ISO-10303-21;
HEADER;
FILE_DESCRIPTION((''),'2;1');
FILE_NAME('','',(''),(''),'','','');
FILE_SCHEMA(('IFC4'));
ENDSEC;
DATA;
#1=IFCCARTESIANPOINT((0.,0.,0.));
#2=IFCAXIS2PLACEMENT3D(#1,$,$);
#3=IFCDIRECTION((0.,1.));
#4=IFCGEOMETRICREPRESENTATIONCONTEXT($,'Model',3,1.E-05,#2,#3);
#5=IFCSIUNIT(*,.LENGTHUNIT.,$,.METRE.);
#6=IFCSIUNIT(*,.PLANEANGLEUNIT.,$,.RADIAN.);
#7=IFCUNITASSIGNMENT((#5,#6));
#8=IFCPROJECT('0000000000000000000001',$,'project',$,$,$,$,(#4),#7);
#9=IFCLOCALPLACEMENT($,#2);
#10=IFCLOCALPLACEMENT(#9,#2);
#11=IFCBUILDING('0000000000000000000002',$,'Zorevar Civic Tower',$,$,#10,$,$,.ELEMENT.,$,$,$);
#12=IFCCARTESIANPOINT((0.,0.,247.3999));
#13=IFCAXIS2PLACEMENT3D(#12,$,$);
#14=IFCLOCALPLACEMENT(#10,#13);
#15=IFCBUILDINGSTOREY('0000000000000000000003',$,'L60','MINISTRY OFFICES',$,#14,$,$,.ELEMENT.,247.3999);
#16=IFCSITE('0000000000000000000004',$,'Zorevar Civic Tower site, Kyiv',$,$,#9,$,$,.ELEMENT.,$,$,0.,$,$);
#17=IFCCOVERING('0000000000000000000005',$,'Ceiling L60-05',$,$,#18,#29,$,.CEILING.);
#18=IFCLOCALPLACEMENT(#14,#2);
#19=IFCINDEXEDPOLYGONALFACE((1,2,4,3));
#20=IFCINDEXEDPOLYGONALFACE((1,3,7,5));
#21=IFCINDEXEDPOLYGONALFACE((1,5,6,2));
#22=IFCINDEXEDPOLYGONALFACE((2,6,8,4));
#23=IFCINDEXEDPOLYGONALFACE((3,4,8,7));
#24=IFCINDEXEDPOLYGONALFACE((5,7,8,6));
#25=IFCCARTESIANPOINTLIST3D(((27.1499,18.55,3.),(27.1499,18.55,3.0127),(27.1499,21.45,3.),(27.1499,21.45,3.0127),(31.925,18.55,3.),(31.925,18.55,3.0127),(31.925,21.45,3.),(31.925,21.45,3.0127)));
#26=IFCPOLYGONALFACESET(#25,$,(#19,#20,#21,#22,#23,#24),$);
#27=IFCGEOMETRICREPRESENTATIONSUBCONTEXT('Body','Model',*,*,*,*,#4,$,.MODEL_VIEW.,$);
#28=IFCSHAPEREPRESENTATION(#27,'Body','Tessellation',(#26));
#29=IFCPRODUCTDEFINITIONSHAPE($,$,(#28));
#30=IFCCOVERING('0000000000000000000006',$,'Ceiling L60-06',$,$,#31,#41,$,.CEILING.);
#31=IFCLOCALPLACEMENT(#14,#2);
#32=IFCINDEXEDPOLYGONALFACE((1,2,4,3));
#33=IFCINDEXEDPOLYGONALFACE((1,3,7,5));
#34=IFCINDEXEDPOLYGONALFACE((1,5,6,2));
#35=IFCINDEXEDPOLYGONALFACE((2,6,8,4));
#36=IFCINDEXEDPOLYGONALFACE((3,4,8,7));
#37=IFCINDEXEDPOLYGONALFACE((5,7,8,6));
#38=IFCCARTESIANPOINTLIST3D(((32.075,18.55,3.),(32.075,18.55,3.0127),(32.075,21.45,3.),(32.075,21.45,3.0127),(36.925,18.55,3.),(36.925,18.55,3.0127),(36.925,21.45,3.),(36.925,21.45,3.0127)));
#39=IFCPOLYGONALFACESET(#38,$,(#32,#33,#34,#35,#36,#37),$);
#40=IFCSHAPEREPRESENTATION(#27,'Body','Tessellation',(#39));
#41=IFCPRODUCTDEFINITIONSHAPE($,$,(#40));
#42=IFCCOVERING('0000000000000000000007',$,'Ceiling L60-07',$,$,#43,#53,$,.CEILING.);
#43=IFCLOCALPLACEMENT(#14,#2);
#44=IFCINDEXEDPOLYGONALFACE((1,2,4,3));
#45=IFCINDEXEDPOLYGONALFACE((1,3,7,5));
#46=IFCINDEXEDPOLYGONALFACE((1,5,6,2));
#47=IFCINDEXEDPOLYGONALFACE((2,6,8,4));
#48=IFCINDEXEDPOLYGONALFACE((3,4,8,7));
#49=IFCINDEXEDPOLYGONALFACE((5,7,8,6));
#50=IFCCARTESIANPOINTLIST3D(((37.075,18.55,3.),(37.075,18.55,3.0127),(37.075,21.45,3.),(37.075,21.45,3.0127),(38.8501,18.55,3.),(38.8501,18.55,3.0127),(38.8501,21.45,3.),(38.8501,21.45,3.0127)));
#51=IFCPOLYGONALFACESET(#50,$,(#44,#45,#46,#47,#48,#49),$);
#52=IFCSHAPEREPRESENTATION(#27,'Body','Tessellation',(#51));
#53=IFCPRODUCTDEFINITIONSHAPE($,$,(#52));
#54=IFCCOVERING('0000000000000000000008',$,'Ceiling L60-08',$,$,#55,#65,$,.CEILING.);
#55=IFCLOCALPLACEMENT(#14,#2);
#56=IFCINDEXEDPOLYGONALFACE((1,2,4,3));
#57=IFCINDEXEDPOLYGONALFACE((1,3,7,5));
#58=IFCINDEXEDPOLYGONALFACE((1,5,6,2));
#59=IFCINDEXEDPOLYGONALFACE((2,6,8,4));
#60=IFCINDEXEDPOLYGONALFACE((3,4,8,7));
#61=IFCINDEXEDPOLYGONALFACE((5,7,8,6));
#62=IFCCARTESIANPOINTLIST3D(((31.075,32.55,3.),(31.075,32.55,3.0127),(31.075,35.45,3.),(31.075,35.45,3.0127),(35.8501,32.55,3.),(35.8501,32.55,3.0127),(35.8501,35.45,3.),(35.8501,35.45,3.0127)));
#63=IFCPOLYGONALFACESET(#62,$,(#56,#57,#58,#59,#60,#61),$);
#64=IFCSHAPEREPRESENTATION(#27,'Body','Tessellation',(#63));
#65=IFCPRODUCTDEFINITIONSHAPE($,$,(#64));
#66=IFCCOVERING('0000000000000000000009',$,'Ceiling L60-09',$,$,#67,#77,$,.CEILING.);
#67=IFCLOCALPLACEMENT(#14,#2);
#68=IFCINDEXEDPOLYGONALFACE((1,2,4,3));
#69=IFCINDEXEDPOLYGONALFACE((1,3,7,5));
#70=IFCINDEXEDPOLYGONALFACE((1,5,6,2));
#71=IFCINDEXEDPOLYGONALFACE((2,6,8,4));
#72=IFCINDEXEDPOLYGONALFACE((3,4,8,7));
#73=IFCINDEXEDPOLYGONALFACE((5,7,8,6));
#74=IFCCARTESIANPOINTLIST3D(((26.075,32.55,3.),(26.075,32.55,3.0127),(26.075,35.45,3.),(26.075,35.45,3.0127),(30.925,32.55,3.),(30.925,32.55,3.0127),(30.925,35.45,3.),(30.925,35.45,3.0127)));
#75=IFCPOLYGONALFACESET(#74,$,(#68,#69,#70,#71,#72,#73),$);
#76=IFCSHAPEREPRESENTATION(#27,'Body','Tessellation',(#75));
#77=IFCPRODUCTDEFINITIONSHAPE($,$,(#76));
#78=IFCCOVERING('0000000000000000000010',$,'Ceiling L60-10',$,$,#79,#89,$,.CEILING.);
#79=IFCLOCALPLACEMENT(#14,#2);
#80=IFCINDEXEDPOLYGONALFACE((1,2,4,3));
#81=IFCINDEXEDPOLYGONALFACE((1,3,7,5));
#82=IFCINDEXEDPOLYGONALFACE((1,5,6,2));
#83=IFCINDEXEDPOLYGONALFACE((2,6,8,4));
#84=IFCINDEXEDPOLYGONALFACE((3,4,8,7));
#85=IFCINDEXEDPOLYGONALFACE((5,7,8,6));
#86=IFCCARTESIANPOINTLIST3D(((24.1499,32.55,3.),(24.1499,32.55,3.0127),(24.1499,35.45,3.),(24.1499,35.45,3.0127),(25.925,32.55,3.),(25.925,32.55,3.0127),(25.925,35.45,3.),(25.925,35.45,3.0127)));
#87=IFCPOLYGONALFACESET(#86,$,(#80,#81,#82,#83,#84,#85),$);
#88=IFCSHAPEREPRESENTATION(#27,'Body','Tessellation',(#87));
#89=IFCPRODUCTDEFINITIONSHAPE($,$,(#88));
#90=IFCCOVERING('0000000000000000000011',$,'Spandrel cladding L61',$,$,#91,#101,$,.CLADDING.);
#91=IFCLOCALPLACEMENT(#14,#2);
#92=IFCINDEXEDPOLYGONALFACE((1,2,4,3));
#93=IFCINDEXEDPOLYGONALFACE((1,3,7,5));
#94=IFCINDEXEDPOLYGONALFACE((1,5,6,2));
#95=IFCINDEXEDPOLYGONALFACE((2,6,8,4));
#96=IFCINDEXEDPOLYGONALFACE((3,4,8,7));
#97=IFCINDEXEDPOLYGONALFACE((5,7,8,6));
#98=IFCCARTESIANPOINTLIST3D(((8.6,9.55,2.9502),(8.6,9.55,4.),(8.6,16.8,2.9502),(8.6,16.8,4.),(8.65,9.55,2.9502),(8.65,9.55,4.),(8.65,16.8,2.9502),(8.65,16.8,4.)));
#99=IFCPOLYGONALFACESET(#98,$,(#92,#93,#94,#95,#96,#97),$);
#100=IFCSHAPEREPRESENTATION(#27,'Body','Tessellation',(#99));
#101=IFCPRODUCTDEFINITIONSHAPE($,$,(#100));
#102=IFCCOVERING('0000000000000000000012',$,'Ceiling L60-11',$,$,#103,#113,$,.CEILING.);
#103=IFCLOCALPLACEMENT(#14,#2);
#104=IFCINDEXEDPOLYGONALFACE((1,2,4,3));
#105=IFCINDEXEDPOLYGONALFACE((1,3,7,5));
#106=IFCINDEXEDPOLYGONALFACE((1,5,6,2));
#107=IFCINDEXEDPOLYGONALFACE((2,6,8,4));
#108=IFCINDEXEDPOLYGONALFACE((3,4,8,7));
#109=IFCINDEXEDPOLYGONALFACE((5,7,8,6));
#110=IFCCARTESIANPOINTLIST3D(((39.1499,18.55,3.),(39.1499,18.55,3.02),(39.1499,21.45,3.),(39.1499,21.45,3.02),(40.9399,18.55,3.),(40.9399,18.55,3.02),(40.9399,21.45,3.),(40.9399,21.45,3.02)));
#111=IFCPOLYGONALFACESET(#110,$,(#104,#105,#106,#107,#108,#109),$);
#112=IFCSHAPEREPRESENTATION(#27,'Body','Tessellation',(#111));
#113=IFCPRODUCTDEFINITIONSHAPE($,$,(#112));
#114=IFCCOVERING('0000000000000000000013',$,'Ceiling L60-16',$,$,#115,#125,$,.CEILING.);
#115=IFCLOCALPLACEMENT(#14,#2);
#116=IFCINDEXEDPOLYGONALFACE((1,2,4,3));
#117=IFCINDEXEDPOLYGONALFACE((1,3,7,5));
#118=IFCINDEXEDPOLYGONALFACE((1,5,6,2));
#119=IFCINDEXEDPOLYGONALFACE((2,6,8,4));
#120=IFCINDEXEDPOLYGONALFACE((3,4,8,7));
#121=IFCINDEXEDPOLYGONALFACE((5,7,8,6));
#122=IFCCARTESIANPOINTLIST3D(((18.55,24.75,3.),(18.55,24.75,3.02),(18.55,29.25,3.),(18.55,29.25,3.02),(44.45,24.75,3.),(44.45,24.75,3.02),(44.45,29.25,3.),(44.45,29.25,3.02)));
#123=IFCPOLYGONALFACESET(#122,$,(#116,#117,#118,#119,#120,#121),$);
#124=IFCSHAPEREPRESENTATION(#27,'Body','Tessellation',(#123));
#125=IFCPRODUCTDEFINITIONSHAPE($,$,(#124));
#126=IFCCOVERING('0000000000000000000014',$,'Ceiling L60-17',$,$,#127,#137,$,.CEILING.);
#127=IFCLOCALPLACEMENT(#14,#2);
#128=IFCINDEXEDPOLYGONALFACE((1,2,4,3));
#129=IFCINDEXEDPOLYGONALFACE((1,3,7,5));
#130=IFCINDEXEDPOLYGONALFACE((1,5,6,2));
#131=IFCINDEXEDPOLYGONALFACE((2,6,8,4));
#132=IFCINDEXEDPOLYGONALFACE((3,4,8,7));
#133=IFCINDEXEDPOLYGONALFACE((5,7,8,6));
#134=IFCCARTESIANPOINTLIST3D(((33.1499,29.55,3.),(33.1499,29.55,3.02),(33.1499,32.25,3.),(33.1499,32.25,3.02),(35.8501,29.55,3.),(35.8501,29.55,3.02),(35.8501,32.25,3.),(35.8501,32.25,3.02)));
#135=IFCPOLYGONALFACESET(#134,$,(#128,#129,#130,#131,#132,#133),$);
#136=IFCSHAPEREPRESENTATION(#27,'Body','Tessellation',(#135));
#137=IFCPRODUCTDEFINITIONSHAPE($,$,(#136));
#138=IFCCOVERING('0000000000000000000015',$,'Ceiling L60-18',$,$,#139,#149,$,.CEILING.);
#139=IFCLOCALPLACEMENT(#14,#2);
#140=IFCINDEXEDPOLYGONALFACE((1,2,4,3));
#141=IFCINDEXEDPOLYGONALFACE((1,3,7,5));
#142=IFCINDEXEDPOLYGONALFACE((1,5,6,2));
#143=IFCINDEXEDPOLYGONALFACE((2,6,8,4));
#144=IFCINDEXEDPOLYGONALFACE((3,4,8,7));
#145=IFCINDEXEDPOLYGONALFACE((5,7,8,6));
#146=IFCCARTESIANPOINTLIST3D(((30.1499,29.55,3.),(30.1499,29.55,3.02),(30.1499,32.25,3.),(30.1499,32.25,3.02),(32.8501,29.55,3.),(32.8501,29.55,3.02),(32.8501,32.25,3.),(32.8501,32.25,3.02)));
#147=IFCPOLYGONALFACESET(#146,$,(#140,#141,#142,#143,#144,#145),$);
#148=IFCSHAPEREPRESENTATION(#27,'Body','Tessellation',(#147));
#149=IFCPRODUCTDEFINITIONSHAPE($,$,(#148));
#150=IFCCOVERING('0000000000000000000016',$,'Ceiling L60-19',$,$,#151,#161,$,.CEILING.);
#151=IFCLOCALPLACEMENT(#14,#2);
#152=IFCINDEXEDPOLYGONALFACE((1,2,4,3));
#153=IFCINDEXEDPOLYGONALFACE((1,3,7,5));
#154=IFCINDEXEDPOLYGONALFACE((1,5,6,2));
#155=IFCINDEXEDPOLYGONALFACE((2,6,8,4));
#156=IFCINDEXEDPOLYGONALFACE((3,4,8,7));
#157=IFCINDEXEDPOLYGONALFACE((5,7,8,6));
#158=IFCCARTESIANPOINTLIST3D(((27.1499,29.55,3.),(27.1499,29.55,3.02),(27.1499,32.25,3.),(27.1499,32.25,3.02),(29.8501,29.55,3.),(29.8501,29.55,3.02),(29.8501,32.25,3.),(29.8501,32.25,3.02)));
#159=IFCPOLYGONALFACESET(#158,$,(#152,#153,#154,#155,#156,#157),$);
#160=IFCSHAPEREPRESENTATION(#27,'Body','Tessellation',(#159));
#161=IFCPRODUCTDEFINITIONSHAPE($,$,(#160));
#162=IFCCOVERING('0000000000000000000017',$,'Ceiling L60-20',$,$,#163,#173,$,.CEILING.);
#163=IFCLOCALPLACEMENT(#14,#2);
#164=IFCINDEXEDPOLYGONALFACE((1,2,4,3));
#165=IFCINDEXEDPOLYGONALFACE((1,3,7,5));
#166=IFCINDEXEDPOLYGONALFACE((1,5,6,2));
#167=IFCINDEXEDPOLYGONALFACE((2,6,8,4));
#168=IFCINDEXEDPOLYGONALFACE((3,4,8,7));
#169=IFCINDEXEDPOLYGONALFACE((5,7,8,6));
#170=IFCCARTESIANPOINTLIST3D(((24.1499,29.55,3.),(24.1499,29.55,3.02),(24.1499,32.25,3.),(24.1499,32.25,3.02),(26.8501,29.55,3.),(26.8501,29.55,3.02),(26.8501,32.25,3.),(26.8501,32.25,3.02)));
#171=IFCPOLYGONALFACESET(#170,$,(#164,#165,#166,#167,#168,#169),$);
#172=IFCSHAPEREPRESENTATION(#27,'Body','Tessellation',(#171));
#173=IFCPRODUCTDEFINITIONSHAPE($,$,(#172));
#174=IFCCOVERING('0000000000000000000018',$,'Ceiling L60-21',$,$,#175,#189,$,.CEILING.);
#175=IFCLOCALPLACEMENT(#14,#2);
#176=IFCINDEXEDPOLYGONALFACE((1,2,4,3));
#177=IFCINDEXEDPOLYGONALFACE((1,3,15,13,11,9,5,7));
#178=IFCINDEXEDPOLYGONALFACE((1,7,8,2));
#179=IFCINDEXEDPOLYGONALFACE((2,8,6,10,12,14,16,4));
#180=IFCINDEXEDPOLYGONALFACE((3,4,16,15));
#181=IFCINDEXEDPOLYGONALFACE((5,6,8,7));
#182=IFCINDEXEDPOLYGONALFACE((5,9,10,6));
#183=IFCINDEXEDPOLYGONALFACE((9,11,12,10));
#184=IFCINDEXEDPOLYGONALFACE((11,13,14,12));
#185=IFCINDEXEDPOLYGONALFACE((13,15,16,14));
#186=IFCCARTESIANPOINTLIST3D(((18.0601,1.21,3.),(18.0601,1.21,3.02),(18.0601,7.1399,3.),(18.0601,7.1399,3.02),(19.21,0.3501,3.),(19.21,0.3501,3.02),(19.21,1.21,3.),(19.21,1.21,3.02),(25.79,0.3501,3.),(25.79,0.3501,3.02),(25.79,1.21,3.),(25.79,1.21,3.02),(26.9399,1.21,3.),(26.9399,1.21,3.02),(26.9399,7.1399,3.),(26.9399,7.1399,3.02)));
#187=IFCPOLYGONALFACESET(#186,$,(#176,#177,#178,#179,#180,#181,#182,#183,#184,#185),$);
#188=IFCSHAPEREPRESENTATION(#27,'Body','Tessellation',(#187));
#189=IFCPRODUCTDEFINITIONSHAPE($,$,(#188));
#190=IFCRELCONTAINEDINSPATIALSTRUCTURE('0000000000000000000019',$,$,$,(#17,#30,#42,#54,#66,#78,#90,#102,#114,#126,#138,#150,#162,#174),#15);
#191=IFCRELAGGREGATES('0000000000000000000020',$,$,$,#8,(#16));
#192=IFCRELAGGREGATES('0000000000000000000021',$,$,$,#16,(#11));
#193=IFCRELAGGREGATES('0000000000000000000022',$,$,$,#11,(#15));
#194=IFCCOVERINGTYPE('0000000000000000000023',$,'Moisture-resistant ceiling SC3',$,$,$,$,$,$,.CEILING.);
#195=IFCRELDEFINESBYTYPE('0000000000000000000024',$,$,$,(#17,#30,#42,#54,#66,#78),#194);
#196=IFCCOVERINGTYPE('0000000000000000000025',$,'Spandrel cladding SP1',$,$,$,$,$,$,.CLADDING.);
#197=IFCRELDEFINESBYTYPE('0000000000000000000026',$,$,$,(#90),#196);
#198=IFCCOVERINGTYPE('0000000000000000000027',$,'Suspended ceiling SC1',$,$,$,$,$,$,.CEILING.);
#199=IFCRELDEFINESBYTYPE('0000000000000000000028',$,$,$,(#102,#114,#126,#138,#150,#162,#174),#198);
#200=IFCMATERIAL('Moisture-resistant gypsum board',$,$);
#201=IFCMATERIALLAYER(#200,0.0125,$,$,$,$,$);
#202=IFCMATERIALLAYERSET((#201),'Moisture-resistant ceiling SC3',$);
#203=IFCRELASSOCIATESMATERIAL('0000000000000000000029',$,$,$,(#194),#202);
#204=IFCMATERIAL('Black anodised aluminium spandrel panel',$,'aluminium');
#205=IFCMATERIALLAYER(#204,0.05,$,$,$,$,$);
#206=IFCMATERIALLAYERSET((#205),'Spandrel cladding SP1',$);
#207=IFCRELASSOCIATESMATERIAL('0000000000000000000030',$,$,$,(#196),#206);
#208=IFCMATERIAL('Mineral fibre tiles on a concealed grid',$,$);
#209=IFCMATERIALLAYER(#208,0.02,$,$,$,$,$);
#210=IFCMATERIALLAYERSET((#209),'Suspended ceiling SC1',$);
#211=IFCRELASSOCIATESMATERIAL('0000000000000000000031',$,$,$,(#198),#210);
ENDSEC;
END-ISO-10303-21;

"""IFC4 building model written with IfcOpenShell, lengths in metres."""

from ifc_helpers import new_model, si_unit, direction, frame, frame_2d, origin, place, context, subcontext, project, spatial, polyline, rectangle, outline, extrude, material, layer, layer_set, type_object, element, save


model = new_model("IFC4")

# Units and contexts
model_context = context("Model", 3, precision=1e-05, world=origin(), true_north=direction((0.0, 1.0)))
body_context = subcontext(model_context, "Body", "Model", "MODEL_VIEW")
ifc_project = project(units=[si_unit("LENGTHUNIT", "METRE"), si_unit("PLANEANGLEUNIT", "RADIAN")], contexts=[model_context])

# Site, building, storey
site_placement = place(None, origin())
site = spatial("IfcSite", under=ifc_project, at=site_placement, Name="Zorevar Civic Tower site, Kyiv", CompositionType="ELEMENT", RefElevation=0.0)
building_placement = place(site_placement, origin())
building = spatial("IfcBuilding", under=site, at=building_placement, Name="Zorevar Civic Tower", CompositionType="ELEMENT")
storey_placement = place(building_placement, frame((0.0, 0.0, 247.3999)))
storey = spatial("IfcBuildingStorey", under=building, at=storey_placement, Name="L60", Description="MINISTRY OFFICES", CompositionType="ELEMENT", Elevation=247.3999)

# Coverings
ifc_material_1 = material(Name="Moisture-resistant gypsum board")
ifc_layer_1 = layer(ifc_material_1, 0.0125)
ifc_layer_set_1 = layer_set([ifc_layer_1], Name="Moisture-resistant ceiling SC3")
covering_type_1 = type_object("IfcCoveringType", Name="Moisture-resistant ceiling SC3", PredefinedType="CEILING", material=ifc_layer_set_1)
covering_1_placement = place(storey_placement, frame((0.0, 0.0, 3.0)))
element("IfcCovering", 1, at=covering_1_placement, inside=storey, type_object=covering_type_1, Name="Ceiling L60-05", PredefinedType="CEILING", context=body_context, shape_type="SweptSolid", body=[
    extrude(outline(polyline([(31.925, 18.55), (31.925, 21.45), (27.1499, 21.45), (27.1499, 18.55), (31.925, 18.55)])), origin(), (0.0, 0.0, 1.0), 0.0127),
])
covering_2_placement = place(storey_placement, frame((0.0, 0.0, 3.0)))
element("IfcCovering", 2, at=covering_2_placement, inside=storey, type_object=covering_type_1, Name="Ceiling L60-06", PredefinedType="CEILING", context=body_context, shape_type="SweptSolid", body=[
    extrude(outline(polyline([(36.925, 18.55), (36.925, 21.45), (32.075, 21.45), (32.075, 18.55), (36.925, 18.55)])), origin(), (0.0, 0.0, 1.0), 0.0127),
])
covering_3_placement = place(storey_placement, frame((0.0, 0.0, 3.0)))
element("IfcCovering", 3, at=covering_3_placement, inside=storey, type_object=covering_type_1, Name="Ceiling L60-07", PredefinedType="CEILING", context=body_context, shape_type="SweptSolid", body=[
    extrude(outline(polyline([(38.8501, 18.55), (38.8501, 21.45), (37.075, 21.45), (37.075, 18.55), (38.8501, 18.55)])), origin(), (0.0, 0.0, 1.0), 0.0127),
])
covering_4_placement = place(storey_placement, frame((0.0, 0.0, 3.0)))
element("IfcCovering", 4, at=covering_4_placement, inside=storey, type_object=covering_type_1, Name="Ceiling L60-08", PredefinedType="CEILING", context=body_context, shape_type="SweptSolid", body=[
    extrude(outline(polyline([(35.8501, 32.55), (35.8501, 35.45), (31.075, 35.45), (31.075, 32.55), (35.8501, 32.55)])), origin(), (0.0, 0.0, 1.0), 0.0127),
])
covering_5_placement = place(storey_placement, frame((0.0, 0.0, 3.0)))
element("IfcCovering", 5, at=covering_5_placement, inside=storey, type_object=covering_type_1, Name="Ceiling L60-09", PredefinedType="CEILING", context=body_context, shape_type="SweptSolid", body=[
    extrude(outline(polyline([(30.925, 32.55), (30.925, 35.45), (26.075, 35.45), (26.075, 32.55), (30.925, 32.55)])), origin(), (0.0, 0.0, 1.0), 0.0127),
])
covering_6_placement = place(storey_placement, frame((0.0, 0.0, 3.0)))
element("IfcCovering", 6, at=covering_6_placement, inside=storey, type_object=covering_type_1, Name="Ceiling L60-10", PredefinedType="CEILING", context=body_context, shape_type="SweptSolid", body=[
    extrude(outline(polyline([(25.925, 32.55), (25.925, 35.45), (24.1499, 35.45), (24.1499, 32.55), (25.925, 32.55)])), origin(), (0.0, 0.0, 1.0), 0.0127),
])
ifc_material_2 = material(Name="Black anodised aluminium spandrel panel", Category="aluminium")
ifc_layer_2 = layer(ifc_material_2, 0.05)
ifc_layer_set_2 = layer_set([ifc_layer_2], Name="Spandrel cladding SP1")
covering_type_2 = type_object("IfcCoveringType", Name="Spandrel cladding SP1", PredefinedType="CLADDING", material=ifc_layer_set_2)
covering_7_placement = place(storey_placement, frame((8.625, 9.55, 2.9502), z_axis=(0.0, 0.0, 1.0), x_axis=(0.0, 1.0, 0.0)))
element("IfcCovering", 7, at=covering_7_placement, inside=storey, type_object=covering_type_2, Name="Spandrel cladding L61", PredefinedType="CLADDING", context=body_context, shape_type="SweptSolid", body=[
    extrude(rectangle(XDim=7.25, YDim=0.05, at=frame_2d((3.625, 0.0))), origin(), (0.0, 0.0, 1.0), 1.0498),
])
ifc_material_3 = material(Name="Mineral fibre tiles on a concealed grid")
ifc_layer_3 = layer(ifc_material_3, 0.02)
ifc_layer_set_3 = layer_set([ifc_layer_3], Name="Suspended ceiling SC1")
covering_type_3 = type_object("IfcCoveringType", Name="Suspended ceiling SC1", PredefinedType="CEILING", material=ifc_layer_set_3)
covering_8_placement = place(storey_placement, frame((0.0, 0.0, 3.0)))
element("IfcCovering", 8, at=covering_8_placement, inside=storey, type_object=covering_type_3, Name="Ceiling L60-11", PredefinedType="CEILING", context=body_context, shape_type="SweptSolid", body=[
    extrude(outline(polyline([(40.9399, 18.55), (40.9399, 21.45), (39.1499, 21.45), (39.1499, 18.55), (40.9399, 18.55)])), origin(), (0.0, 0.0, 1.0), 0.02),
])
covering_9_placement = place(storey_placement, frame((0.0, 0.0, 3.0)))
element("IfcCovering", 9, at=covering_9_placement, inside=storey, type_object=covering_type_3, Name="Ceiling L60-16", PredefinedType="CEILING", context=body_context, shape_type="SweptSolid", body=[
    extrude(outline(polyline([(44.45, 24.75), (44.45, 29.25), (18.55, 29.25), (18.55, 24.75), (44.45, 24.75)])), origin(), (0.0, 0.0, 1.0), 0.02),
])
covering_10_placement = place(storey_placement, frame((0.0, 0.0, 3.0)))
element("IfcCovering", 10, at=covering_10_placement, inside=storey, type_object=covering_type_3, Name="Ceiling L60-17", PredefinedType="CEILING", context=body_context, shape_type="SweptSolid", body=[
    extrude(outline(polyline([(35.8501, 29.55), (35.8501, 32.25), (33.1499, 32.25), (33.1499, 29.55), (35.8501, 29.55)])), origin(), (0.0, 0.0, 1.0), 0.02),
])
covering_11_placement = place(storey_placement, frame((0.0, 0.0, 3.0)))
element("IfcCovering", 11, at=covering_11_placement, inside=storey, type_object=covering_type_3, Name="Ceiling L60-18", PredefinedType="CEILING", context=body_context, shape_type="SweptSolid", body=[
    extrude(outline(polyline([(32.8501, 29.55), (32.8501, 32.25), (30.1499, 32.25), (30.1499, 29.55), (32.8501, 29.55)])), origin(), (0.0, 0.0, 1.0), 0.02),
])
covering_12_placement = place(storey_placement, frame((0.0, 0.0, 3.0)))
element("IfcCovering", 12, at=covering_12_placement, inside=storey, type_object=covering_type_3, Name="Ceiling L60-19", PredefinedType="CEILING", context=body_context, shape_type="SweptSolid", body=[
    extrude(outline(polyline([(29.8501, 29.55), (29.8501, 32.25), (27.1499, 32.25), (27.1499, 29.55), (29.8501, 29.55)])), origin(), (0.0, 0.0, 1.0), 0.02),
])
covering_13_placement = place(storey_placement, frame((0.0, 0.0, 3.0)))
element("IfcCovering", 13, at=covering_13_placement, inside=storey, type_object=covering_type_3, Name="Ceiling L60-20", PredefinedType="CEILING", context=body_context, shape_type="SweptSolid", body=[
    extrude(outline(polyline([(26.8501, 29.55), (26.8501, 32.25), (24.1499, 32.25), (24.1499, 29.55), (26.8501, 29.55)])), origin(), (0.0, 0.0, 1.0), 0.02),
])
covering_14_placement = place(storey_placement, frame((0.0, 0.0, 3.0)))
element("IfcCovering", 14, at=covering_14_placement, inside=storey, type_object=covering_type_3, Name="Ceiling L60-21", PredefinedType="CEILING", context=body_context, shape_type="SweptSolid", body=[
    extrude(outline(polyline([(19.21, 0.3501), (19.21, 1.21), (18.0601, 1.21), (18.0601, 7.1399), (26.9399, 7.1399), (26.9399, 1.21), (25.79, 1.21), (25.79, 0.3501), (19.21, 0.3501)])), origin(), (0.0, 0.0, 1.0), 0.02),
])

save(model, "model.ifc")
